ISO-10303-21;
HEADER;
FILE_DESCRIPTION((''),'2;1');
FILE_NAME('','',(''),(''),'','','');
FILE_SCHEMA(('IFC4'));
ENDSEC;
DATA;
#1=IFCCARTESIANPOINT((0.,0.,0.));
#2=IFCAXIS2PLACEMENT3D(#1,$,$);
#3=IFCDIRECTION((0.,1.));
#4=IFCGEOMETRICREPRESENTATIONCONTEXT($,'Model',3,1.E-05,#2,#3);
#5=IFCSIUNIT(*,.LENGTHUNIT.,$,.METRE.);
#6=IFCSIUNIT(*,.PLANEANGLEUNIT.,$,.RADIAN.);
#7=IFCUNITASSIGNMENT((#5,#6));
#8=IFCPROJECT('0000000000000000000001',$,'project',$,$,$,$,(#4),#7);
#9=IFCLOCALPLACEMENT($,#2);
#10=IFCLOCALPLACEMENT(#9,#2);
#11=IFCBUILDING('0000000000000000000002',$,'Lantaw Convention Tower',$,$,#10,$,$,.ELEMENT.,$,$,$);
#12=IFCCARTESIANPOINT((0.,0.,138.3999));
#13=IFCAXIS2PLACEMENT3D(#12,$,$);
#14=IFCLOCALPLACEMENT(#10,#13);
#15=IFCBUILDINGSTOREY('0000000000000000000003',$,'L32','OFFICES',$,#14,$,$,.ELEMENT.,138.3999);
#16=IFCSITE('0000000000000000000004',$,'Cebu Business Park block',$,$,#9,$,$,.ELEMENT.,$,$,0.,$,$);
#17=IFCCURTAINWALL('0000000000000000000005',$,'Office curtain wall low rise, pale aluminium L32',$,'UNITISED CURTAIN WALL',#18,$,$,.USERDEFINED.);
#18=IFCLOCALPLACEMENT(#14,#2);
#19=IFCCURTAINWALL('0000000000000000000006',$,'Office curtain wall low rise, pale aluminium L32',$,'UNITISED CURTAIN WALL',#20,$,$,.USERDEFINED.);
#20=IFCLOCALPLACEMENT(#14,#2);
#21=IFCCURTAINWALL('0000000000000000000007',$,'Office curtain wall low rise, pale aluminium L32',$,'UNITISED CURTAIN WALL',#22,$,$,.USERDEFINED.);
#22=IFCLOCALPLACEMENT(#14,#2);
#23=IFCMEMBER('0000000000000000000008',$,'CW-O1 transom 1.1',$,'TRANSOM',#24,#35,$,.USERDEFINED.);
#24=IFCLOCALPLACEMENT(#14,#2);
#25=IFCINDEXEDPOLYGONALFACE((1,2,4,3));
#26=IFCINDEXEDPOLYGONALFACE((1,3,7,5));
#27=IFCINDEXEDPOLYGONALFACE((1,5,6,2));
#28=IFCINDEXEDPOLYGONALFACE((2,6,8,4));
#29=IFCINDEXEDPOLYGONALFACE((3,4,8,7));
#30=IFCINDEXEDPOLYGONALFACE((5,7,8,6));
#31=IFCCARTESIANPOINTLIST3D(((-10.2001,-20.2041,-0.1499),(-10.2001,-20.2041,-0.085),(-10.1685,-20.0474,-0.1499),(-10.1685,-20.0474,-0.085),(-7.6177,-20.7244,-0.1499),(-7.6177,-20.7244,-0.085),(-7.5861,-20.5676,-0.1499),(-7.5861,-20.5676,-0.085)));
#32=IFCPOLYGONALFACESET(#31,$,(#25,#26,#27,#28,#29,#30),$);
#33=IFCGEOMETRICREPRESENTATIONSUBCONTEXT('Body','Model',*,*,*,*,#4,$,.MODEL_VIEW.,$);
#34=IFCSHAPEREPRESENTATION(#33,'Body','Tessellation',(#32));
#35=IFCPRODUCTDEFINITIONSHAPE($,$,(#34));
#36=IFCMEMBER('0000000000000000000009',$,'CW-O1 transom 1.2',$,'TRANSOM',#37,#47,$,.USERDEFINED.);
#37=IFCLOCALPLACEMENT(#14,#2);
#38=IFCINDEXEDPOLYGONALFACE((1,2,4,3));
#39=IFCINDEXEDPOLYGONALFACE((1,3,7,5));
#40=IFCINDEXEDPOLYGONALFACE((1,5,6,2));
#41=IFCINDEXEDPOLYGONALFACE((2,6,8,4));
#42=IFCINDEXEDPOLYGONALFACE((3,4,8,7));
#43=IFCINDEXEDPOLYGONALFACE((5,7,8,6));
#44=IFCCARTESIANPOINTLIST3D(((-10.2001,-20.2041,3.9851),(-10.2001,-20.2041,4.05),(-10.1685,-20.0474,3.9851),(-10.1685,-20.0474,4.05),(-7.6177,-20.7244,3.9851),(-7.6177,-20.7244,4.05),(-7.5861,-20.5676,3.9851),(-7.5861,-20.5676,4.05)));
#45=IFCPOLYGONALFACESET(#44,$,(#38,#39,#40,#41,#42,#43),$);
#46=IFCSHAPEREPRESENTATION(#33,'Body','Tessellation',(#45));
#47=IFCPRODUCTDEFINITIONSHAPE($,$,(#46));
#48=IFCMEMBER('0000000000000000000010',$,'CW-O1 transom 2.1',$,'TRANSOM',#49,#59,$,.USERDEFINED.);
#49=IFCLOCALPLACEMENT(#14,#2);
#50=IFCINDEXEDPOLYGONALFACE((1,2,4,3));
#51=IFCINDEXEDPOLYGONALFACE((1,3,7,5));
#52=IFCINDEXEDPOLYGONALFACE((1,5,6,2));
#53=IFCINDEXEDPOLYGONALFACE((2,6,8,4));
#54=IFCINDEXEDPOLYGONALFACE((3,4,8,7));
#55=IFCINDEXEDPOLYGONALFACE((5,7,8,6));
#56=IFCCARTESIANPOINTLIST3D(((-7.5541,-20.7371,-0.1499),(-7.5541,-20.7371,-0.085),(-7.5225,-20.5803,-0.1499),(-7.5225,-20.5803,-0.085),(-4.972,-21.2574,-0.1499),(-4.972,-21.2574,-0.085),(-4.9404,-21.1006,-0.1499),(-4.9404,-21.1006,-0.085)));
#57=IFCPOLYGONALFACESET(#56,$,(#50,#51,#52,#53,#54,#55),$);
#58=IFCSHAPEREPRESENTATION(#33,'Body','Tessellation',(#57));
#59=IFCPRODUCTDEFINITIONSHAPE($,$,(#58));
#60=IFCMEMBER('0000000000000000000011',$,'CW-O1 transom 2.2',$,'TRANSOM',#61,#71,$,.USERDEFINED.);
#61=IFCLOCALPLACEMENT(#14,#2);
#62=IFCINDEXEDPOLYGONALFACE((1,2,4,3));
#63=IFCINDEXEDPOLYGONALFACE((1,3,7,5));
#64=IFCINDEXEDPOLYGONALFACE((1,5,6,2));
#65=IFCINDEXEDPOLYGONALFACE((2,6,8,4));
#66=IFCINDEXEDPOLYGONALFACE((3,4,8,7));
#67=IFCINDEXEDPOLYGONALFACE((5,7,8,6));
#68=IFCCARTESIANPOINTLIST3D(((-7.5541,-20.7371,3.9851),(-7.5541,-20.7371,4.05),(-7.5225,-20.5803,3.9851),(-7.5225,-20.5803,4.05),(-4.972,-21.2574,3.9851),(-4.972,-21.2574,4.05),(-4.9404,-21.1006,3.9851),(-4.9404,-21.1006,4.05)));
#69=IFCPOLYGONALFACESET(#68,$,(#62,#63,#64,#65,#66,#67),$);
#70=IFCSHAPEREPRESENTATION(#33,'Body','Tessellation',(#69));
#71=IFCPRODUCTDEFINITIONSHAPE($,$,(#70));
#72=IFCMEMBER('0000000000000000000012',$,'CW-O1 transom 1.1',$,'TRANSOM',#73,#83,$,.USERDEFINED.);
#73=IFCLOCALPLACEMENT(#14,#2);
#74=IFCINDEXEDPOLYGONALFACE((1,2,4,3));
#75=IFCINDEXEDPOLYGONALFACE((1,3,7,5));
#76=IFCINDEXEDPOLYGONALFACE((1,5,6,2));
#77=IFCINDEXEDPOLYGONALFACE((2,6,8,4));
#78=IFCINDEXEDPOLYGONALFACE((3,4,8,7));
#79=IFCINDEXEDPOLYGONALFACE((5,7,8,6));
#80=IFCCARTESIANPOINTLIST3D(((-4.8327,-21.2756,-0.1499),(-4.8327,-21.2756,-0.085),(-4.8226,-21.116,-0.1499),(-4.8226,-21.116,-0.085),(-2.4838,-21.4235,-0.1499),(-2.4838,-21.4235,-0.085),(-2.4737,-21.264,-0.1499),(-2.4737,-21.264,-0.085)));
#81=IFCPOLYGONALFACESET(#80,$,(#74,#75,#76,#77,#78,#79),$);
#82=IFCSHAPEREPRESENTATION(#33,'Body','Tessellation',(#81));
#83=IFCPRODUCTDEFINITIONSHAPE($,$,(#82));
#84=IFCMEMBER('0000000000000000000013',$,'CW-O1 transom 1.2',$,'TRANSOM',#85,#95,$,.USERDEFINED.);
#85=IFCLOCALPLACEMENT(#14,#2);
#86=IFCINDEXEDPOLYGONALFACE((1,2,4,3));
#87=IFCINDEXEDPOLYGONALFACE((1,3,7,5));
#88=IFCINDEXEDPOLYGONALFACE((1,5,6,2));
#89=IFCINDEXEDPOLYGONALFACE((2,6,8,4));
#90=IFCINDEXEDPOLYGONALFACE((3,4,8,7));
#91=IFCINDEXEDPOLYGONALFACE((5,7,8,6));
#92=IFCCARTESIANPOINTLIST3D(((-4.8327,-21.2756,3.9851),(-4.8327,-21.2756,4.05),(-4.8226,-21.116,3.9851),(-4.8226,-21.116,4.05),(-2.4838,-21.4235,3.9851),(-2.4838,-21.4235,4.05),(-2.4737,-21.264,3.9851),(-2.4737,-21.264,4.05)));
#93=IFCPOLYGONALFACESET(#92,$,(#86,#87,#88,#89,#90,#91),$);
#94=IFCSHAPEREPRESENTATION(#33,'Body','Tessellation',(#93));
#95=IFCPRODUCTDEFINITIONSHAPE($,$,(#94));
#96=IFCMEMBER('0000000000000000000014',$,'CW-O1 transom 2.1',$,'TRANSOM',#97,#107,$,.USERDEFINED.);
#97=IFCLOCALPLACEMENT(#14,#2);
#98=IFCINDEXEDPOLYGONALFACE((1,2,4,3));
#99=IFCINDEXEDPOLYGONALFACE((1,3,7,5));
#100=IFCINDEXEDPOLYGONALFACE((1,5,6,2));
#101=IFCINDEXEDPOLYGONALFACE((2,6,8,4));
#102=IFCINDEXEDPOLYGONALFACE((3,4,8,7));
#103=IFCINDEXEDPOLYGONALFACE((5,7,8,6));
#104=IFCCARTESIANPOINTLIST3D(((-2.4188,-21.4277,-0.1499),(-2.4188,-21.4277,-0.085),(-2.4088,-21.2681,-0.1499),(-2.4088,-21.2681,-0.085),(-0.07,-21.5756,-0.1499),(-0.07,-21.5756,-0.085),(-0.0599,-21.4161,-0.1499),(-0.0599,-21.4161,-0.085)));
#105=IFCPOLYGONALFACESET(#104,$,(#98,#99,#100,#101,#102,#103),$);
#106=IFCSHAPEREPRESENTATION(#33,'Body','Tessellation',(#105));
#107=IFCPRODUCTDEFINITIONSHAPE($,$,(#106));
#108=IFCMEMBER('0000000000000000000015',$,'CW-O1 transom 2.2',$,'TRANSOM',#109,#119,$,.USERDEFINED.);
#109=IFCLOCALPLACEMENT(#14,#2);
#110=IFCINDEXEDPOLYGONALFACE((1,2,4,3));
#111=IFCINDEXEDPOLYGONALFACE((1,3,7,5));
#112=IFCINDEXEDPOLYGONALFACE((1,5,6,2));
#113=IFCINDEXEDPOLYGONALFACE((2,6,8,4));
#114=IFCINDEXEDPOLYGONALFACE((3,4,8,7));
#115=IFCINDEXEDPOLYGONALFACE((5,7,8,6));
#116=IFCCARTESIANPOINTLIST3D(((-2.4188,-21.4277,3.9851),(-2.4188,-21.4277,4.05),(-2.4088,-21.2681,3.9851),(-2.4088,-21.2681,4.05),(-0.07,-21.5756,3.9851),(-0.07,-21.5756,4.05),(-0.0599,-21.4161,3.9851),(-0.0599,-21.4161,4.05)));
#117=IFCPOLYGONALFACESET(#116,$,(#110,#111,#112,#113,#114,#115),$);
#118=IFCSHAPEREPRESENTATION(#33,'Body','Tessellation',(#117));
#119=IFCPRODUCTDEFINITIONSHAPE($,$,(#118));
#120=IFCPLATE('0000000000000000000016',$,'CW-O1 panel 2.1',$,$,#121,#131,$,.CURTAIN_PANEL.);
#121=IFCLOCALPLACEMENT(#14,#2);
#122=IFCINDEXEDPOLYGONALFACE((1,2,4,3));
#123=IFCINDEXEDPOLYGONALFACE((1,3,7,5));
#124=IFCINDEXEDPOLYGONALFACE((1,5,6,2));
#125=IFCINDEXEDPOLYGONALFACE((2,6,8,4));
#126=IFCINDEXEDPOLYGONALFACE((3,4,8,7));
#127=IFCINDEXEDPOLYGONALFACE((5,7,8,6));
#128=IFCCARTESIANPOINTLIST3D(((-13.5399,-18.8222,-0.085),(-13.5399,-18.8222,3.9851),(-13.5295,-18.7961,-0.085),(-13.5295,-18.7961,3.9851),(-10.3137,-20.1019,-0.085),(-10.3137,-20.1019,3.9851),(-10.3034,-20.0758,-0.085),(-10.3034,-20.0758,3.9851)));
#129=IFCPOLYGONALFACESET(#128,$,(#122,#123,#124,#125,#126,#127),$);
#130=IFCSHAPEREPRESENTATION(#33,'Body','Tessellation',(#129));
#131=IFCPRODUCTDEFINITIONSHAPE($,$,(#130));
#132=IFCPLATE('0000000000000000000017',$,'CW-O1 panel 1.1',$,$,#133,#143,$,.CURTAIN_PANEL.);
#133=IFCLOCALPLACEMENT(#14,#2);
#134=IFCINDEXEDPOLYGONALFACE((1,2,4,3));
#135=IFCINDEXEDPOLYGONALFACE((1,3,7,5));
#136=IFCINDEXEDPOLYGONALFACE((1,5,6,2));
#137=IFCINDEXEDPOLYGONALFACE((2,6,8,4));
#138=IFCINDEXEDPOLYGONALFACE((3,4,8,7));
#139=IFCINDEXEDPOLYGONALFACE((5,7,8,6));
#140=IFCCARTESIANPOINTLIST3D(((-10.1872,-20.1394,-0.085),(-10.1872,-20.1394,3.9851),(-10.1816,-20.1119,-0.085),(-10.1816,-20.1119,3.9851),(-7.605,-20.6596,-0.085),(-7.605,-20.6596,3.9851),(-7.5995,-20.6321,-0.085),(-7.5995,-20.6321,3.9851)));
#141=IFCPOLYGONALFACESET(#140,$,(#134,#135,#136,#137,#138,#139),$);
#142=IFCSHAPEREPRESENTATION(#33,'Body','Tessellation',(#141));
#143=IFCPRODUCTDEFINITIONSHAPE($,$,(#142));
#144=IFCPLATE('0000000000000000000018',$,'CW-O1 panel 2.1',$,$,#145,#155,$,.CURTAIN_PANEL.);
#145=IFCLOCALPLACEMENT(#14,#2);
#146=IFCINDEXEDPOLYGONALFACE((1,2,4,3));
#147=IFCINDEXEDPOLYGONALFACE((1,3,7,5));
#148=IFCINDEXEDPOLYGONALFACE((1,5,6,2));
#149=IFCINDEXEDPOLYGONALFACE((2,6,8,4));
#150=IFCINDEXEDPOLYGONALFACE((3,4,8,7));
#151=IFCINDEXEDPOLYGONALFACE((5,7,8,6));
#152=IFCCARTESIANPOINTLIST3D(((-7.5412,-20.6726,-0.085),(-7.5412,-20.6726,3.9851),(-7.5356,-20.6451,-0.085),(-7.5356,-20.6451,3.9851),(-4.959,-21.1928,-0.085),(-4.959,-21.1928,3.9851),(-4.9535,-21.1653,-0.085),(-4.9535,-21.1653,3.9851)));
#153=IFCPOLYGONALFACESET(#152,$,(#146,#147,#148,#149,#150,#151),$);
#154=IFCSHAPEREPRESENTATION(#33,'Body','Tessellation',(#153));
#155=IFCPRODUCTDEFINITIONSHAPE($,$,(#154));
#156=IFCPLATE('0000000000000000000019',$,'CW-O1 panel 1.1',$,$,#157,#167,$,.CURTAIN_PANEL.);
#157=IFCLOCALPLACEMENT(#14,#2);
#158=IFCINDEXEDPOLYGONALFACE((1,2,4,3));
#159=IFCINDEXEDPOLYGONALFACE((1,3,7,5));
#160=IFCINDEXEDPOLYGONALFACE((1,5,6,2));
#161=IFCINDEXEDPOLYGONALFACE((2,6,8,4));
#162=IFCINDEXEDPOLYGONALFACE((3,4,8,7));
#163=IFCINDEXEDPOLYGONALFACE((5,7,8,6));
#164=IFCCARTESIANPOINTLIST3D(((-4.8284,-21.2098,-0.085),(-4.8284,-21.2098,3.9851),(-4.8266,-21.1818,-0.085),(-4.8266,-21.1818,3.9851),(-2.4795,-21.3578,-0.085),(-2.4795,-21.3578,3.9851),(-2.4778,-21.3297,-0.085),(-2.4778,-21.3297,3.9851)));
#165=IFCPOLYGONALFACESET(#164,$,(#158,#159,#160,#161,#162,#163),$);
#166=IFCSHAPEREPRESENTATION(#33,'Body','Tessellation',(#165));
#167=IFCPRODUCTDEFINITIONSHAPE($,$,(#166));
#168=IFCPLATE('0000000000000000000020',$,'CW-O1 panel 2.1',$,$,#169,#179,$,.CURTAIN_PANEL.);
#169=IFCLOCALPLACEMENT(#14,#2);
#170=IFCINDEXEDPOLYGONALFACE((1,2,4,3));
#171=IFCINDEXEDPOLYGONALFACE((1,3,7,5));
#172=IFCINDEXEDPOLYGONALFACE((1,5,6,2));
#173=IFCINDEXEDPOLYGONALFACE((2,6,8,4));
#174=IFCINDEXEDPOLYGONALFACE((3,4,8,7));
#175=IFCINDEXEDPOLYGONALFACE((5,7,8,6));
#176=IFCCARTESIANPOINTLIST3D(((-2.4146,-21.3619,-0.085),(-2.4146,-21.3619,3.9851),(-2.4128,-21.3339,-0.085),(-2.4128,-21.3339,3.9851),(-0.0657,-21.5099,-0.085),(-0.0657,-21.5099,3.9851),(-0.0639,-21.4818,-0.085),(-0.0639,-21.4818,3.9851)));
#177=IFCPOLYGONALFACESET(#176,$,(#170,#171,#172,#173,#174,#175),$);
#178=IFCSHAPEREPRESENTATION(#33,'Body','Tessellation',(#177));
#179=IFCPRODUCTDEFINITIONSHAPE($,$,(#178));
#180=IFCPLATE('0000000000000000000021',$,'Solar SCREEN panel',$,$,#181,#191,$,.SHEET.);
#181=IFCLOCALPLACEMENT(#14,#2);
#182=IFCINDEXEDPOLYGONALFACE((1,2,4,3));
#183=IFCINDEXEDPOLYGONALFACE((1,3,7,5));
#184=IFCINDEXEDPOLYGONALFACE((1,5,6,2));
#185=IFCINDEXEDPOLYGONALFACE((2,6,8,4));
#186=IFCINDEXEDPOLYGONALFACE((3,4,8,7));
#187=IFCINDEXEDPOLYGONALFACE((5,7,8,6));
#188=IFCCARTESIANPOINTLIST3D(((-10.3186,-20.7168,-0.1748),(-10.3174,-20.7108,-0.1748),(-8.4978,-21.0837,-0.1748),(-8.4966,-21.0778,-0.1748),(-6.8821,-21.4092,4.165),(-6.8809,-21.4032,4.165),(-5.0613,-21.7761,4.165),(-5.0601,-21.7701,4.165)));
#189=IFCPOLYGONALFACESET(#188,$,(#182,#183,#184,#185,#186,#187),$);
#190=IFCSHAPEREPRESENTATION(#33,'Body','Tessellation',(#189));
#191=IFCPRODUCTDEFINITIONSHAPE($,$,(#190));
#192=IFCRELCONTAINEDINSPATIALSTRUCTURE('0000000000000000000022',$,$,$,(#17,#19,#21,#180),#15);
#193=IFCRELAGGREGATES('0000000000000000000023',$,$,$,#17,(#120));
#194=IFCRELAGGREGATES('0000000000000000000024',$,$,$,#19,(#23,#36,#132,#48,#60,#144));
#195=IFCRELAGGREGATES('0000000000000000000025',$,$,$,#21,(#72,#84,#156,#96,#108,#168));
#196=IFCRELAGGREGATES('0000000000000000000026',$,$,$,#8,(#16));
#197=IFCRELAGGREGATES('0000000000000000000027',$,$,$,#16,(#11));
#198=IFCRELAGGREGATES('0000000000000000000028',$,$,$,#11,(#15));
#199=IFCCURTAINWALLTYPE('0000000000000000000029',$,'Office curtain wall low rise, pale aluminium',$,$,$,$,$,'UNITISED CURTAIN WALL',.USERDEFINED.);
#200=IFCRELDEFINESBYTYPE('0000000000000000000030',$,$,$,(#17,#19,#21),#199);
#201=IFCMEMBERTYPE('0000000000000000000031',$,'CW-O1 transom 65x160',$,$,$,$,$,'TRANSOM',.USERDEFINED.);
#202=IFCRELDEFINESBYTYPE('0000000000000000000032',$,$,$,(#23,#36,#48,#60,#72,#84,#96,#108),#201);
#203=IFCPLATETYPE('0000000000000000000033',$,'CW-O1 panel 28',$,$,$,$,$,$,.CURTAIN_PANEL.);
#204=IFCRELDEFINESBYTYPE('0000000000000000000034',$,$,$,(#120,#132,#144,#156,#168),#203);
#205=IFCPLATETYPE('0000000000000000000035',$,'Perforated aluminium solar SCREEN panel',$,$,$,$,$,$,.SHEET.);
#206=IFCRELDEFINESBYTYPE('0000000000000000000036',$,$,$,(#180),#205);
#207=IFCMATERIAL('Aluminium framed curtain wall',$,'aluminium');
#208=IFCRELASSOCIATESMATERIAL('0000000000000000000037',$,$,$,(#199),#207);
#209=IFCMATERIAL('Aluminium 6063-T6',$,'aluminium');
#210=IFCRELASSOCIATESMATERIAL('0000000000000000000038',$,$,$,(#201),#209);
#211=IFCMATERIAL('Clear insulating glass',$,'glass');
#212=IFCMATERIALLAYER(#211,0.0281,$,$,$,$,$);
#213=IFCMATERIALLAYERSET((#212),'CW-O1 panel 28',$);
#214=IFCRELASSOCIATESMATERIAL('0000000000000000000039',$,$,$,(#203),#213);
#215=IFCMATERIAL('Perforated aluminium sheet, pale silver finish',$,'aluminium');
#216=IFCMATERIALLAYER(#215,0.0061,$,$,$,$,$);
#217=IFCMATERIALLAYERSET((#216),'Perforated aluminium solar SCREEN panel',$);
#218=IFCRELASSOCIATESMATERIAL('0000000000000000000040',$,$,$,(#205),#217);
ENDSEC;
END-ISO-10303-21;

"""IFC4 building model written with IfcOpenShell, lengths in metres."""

from ifc_helpers import new_model, si_unit, direction, frame, origin, origin_2d, place, context, subcontext, project, spatial, polyline, rectangle, outline, extrude, material, layer, layer_set, material_profile, profile_set, type_object, element, aggregate, save


model = new_model("IFC4")

# Units and contexts
model_context = context("Model", 3, precision=1e-05, world=origin(), true_north=direction((0.0, 1.0)))
body_context = subcontext(model_context, "Body", "Model", "MODEL_VIEW")
ifc_project = project(units=[si_unit("LENGTHUNIT", "METRE"), si_unit("PLANEANGLEUNIT", "RADIAN")], contexts=[model_context])

# Site, building, storey
site_placement = place(None, origin())
site = spatial("IfcSite", under=ifc_project, at=site_placement, Name="Cebu Business Park block", CompositionType="ELEMENT", RefElevation=0.0)
building_placement = place(site_placement, origin())
building = spatial("IfcBuilding", under=site, at=building_placement, Name="Lantaw Convention Tower", CompositionType="ELEMENT")
storey_placement = place(building_placement, frame((0.0, 0.0, 138.3999)))
storey = spatial("IfcBuildingStorey", under=building, at=storey_placement, Name="L32", Description="OFFICES", CompositionType="ELEMENT", Elevation=138.3999)

# Curtain wall
ifc_material_1 = material(Name="Aluminium framed curtain wall", Category="aluminium")
curtain_wall_type = type_object("IfcCurtainWallType", Name="Office curtain wall low rise, pale aluminium", ElementType="UNITISED CURTAIN WALL", PredefinedType="USERDEFINED", material=ifc_material_1)
curtain_wall_1_placement = place(storey_placement, origin())
curtain_wall_1 = element("IfcCurtainWall", 1, at=curtain_wall_1_placement, inside=storey, type_object=curtain_wall_type, Name="Office curtain wall low rise, pale aluminium L32", ObjectType="UNITISED CURTAIN WALL", PredefinedType="USERDEFINED")
ifc_material_2 = material(Name="Aluminium 6063-T6", Category="aluminium")

# Curtain walls
curtain_wall_2_placement = place(storey_placement, origin())
curtain_wall_2 = element("IfcCurtainWall", 2, at=curtain_wall_2_placement, inside=storey, type_object=curtain_wall_type, Name="Office curtain wall low rise, pale aluminium L32", ObjectType="UNITISED CURTAIN WALL", PredefinedType="USERDEFINED")
curtain_wall_3_placement = place(storey_placement, origin())
curtain_wall_3 = element("IfcCurtainWall", 3, at=curtain_wall_3_placement, inside=storey, type_object=curtain_wall_type, Name="Office curtain wall low rise, pale aluminium L32", ObjectType="UNITISED CURTAIN WALL", PredefinedType="USERDEFINED")

# Members
ifc_material_profile_1 = material_profile(ifc_material_2, rectangle(XDim=0.1599, YDim=0.0649, at=origin_2d()), Name="CW-O1 transom 65x160")
ifc_profile_set_1 = profile_set([ifc_material_profile_1], Name="Aluminium 6063-T6")
member_type_1 = type_object("IfcMemberType", Name="CW-O1 transom 65x160", ElementType="TRANSOM", PredefinedType="USERDEFINED", material=ifc_profile_set_1)
member_1_placement = place(storey_placement, frame((-10.1843, -20.1257, -0.1174), z_axis=(0.980302, -0.197506, 0.0), x_axis=(0.197506, 0.980302, 0.0)))
member_1 = element("IfcMember", 4, at=member_1_placement, type_object=member_type_1, Name="CW-O1 transom 1.1", ObjectType="TRANSOM", PredefinedType="USERDEFINED", context=body_context, shape_type="SweptSolid", body=[
    extrude(rectangle(XDim=0.1599, YDim=0.0649, at=origin_2d()), origin(), (0.0, 0.0, 1.0), 2.6343),
])
member_2_placement = place(storey_placement, frame((-10.1843, -20.1257, 4.0176), z_axis=(0.980302, -0.197506, 0.0), x_axis=(0.197506, 0.980302, 0.0)))
member_2 = element("IfcMember", 5, at=member_2_placement, type_object=member_type_1, Name="CW-O1 transom 1.2", ObjectType="TRANSOM", PredefinedType="USERDEFINED", context=body_context, shape_type="SweptSolid", body=[
    extrude(rectangle(XDim=0.1599, YDim=0.0649, at=origin_2d()), origin(), (0.0, 0.0, 1.0), 2.6343),
])
member_3_placement = place(storey_placement, frame((-7.5383, -20.6587, -0.1174), z_axis=(0.980298, -0.197524, 0.0), x_axis=(0.197524, 0.980298, 0.0)))
member_3 = element("IfcMember", 6, at=member_3_placement, type_object=member_type_1, Name="CW-O1 transom 2.1", ObjectType="TRANSOM", PredefinedType="USERDEFINED", context=body_context, shape_type="SweptSolid", body=[
    extrude(rectangle(XDim=0.1599, YDim=0.0649, at=origin_2d()), origin(), (0.0, 0.0, 1.0), 2.634),
])
member_4_placement = place(storey_placement, frame((-7.5383, -20.6587, 4.0176), z_axis=(0.980298, -0.197524, 0.0), x_axis=(0.197524, 0.980298, 0.0)))
member_4 = element("IfcMember", 7, at=member_4_placement, type_object=member_type_1, Name="CW-O1 transom 2.2", ObjectType="TRANSOM", PredefinedType="USERDEFINED", context=body_context, shape_type="SweptSolid", body=[
    extrude(rectangle(XDim=0.1599, YDim=0.0649, at=origin_2d()), origin(), (0.0, 0.0, 1.0), 2.634),
])
member_5_placement = place(storey_placement, frame((-4.8276, -21.1958, -0.1174), z_axis=(0.998022, -0.062863, 0.0), x_axis=(0.062863, 0.998022, 0.0)))
member_5 = element("IfcMember", 8, at=member_5_placement, type_object=member_type_1, Name="CW-O1 transom 1.1", ObjectType="TRANSOM", PredefinedType="USERDEFINED", context=body_context, shape_type="SweptSolid", body=[
    extrude(rectangle(XDim=0.1599, YDim=0.0649, at=origin_2d()), origin(), (0.0, 0.0, 1.0), 2.3535),
])
member_6_placement = place(storey_placement, frame((-4.8276, -21.1958, 4.0176), z_axis=(0.998022, -0.062863, 0.0), x_axis=(0.062863, 0.998022, 0.0)))
member_6 = element("IfcMember", 9, at=member_6_placement, type_object=member_type_1, Name="CW-O1 transom 1.2", ObjectType="TRANSOM", PredefinedType="USERDEFINED", context=body_context, shape_type="SweptSolid", body=[
    extrude(rectangle(XDim=0.1599, YDim=0.0649, at=origin_2d()), origin(), (0.0, 0.0, 1.0), 2.3535),
])
member_7_placement = place(storey_placement, frame((-2.4138, -21.3479, -0.1174), z_axis=(0.998022, -0.062863, 0.0), x_axis=(0.062863, 0.998022, 0.0)))
member_7 = element("IfcMember", 10, at=member_7_placement, type_object=member_type_1, Name="CW-O1 transom 2.1", ObjectType="TRANSOM", PredefinedType="USERDEFINED", context=body_context, shape_type="SweptSolid", body=[
    extrude(rectangle(XDim=0.1599, YDim=0.0649, at=origin_2d()), origin(), (0.0, 0.0, 1.0), 2.3535),
])
member_8_placement = place(storey_placement, frame((-2.4138, -21.3479, 4.0176), z_axis=(0.998022, -0.062863, 0.0), x_axis=(0.062863, 0.998022, 0.0)))
member_8 = element("IfcMember", 11, at=member_8_placement, type_object=member_type_1, Name="CW-O1 transom 2.2", ObjectType="TRANSOM", PredefinedType="USERDEFINED", context=body_context, shape_type="SweptSolid", body=[
    extrude(rectangle(XDim=0.1599, YDim=0.0649, at=origin_2d()), origin(), (0.0, 0.0, 1.0), 2.3535),
])

# Plates
ifc_material_3 = material(Name="Clear insulating glass", Category="glass")
ifc_layer_1 = layer(ifc_material_3, 0.0281)
ifc_layer_set_1 = layer_set([ifc_layer_1], Name="CW-O1 panel 28")
plate_type_1 = type_object("IfcPlateType", Name="CW-O1 panel 28", PredefinedType="CURTAIN_PANEL", material=ifc_layer_set_1)
plate_1_placement = place(storey_placement, frame((-11.9216, -19.449, -0.085), z_axis=(0.0, 0.0, 1.0), x_axis=(0.929548, -0.368702, 0.0)))
plate_1 = element("IfcPlate", 12, at=plate_1_placement, type_object=plate_type_1, Name="CW-O1 panel 2.1", PredefinedType="CURTAIN_PANEL", context=body_context, shape_type="SweptSolid", body=[
    extrude(rectangle(XDim=3.4707, YDim=0.0281, at=origin_2d()), origin(), (0.0, 0.0, 1.0), 4.0701),
])
aggregate(curtain_wall_1, [plate_1])
plate_2_placement = place(storey_placement, frame((-8.8933, -20.3857, -0.085), z_axis=(0.0, 0.0, 1.0), x_axis=(0.980302, -0.197507, 0.0)))
plate_2 = element("IfcPlate", 13, at=plate_2_placement, type_object=plate_type_1, Name="CW-O1 panel 1.1", PredefinedType="CURTAIN_PANEL", context=body_context, shape_type="SweptSolid", body=[
    extrude(rectangle(XDim=2.634, YDim=0.0281, at=origin_2d()), origin(), (0.0, 0.0, 1.0), 4.0701),
])
plate_3_placement = place(storey_placement, frame((-6.2473, -20.9189, -0.085), z_axis=(0.0, 0.0, 1.0), x_axis=(0.980302, -0.197507, 0.0)))
plate_3 = element("IfcPlate", 14, at=plate_3_placement, type_object=plate_type_1, Name="CW-O1 panel 2.1", PredefinedType="CURTAIN_PANEL", context=body_context, shape_type="SweptSolid", body=[
    extrude(rectangle(XDim=2.634, YDim=0.0281, at=origin_2d()), origin(), (0.0, 0.0, 1.0), 4.0701),
])
aggregate(curtain_wall_2, [member_1, member_2, plate_2, member_3, member_4, plate_3])
plate_4_placement = place(storey_placement, frame((-3.6531, -21.2698, -0.085), z_axis=(0.0, 0.0, 1.0), x_axis=(0.998022, -0.062865, 0.0)))
plate_4 = element("IfcPlate", 15, at=plate_4_placement, type_object=plate_type_1, Name="CW-O1 panel 1.1", PredefinedType="CURTAIN_PANEL", context=body_context, shape_type="SweptSolid", body=[
    extrude(rectangle(XDim=2.3535, YDim=0.0281, at=origin_2d()), origin(), (0.0, 0.0, 1.0), 4.0701),
])
plate_5_placement = place(storey_placement, frame((-1.2393, -21.4219, -0.085), z_axis=(0.0, 0.0, 1.0), x_axis=(0.998022, -0.062865, 0.0)))
plate_5 = element("IfcPlate", 16, at=plate_5_placement, type_object=plate_type_1, Name="CW-O1 panel 2.1", PredefinedType="CURTAIN_PANEL", context=body_context, shape_type="SweptSolid", body=[
    extrude(rectangle(XDim=2.3535, YDim=0.0281, at=origin_2d()), origin(), (0.0, 0.0, 1.0), 4.0701),
])
aggregate(curtain_wall_3, [member_5, member_6, plate_4, member_7, member_8, plate_5])

# Plate
ifc_material_4 = material(Name="Perforated aluminium sheet, pale silver finish", Category="aluminium")
ifc_layer_2 = layer(ifc_material_4, 0.0061)
ifc_layer_set_2 = layer_set([ifc_layer_2], Name="Perforated aluminium solar SCREEN panel")
plate_type_2 = type_object("IfcPlateType", Name="Perforated aluminium solar SCREEN panel", PredefinedType="SHEET", material=ifc_layer_set_2)
plate_6_placement = place(storey_placement, frame((-10.3186, -20.7168, -0.1748), z_axis=(-0.197557, -0.980291, 0.000039), x_axis=(0.980291, -0.197557, 0.0)))
element("IfcPlate", 17, at=plate_6_placement, inside=storey, type_object=plate_type_2, Name="Solar SCREEN panel", PredefinedType="SHEET", context=body_context, shape_type="SweptSolid", body=[
    extrude(outline(polyline([(0.0, 0.0), (1.8574, 0.0), (5.363, 4.3398), (3.5056, 4.3398), (0.0, 0.0)])), origin(), (0.0, 0.0, -1.0), 0.0061),
])

save(model, "model.ifc")
